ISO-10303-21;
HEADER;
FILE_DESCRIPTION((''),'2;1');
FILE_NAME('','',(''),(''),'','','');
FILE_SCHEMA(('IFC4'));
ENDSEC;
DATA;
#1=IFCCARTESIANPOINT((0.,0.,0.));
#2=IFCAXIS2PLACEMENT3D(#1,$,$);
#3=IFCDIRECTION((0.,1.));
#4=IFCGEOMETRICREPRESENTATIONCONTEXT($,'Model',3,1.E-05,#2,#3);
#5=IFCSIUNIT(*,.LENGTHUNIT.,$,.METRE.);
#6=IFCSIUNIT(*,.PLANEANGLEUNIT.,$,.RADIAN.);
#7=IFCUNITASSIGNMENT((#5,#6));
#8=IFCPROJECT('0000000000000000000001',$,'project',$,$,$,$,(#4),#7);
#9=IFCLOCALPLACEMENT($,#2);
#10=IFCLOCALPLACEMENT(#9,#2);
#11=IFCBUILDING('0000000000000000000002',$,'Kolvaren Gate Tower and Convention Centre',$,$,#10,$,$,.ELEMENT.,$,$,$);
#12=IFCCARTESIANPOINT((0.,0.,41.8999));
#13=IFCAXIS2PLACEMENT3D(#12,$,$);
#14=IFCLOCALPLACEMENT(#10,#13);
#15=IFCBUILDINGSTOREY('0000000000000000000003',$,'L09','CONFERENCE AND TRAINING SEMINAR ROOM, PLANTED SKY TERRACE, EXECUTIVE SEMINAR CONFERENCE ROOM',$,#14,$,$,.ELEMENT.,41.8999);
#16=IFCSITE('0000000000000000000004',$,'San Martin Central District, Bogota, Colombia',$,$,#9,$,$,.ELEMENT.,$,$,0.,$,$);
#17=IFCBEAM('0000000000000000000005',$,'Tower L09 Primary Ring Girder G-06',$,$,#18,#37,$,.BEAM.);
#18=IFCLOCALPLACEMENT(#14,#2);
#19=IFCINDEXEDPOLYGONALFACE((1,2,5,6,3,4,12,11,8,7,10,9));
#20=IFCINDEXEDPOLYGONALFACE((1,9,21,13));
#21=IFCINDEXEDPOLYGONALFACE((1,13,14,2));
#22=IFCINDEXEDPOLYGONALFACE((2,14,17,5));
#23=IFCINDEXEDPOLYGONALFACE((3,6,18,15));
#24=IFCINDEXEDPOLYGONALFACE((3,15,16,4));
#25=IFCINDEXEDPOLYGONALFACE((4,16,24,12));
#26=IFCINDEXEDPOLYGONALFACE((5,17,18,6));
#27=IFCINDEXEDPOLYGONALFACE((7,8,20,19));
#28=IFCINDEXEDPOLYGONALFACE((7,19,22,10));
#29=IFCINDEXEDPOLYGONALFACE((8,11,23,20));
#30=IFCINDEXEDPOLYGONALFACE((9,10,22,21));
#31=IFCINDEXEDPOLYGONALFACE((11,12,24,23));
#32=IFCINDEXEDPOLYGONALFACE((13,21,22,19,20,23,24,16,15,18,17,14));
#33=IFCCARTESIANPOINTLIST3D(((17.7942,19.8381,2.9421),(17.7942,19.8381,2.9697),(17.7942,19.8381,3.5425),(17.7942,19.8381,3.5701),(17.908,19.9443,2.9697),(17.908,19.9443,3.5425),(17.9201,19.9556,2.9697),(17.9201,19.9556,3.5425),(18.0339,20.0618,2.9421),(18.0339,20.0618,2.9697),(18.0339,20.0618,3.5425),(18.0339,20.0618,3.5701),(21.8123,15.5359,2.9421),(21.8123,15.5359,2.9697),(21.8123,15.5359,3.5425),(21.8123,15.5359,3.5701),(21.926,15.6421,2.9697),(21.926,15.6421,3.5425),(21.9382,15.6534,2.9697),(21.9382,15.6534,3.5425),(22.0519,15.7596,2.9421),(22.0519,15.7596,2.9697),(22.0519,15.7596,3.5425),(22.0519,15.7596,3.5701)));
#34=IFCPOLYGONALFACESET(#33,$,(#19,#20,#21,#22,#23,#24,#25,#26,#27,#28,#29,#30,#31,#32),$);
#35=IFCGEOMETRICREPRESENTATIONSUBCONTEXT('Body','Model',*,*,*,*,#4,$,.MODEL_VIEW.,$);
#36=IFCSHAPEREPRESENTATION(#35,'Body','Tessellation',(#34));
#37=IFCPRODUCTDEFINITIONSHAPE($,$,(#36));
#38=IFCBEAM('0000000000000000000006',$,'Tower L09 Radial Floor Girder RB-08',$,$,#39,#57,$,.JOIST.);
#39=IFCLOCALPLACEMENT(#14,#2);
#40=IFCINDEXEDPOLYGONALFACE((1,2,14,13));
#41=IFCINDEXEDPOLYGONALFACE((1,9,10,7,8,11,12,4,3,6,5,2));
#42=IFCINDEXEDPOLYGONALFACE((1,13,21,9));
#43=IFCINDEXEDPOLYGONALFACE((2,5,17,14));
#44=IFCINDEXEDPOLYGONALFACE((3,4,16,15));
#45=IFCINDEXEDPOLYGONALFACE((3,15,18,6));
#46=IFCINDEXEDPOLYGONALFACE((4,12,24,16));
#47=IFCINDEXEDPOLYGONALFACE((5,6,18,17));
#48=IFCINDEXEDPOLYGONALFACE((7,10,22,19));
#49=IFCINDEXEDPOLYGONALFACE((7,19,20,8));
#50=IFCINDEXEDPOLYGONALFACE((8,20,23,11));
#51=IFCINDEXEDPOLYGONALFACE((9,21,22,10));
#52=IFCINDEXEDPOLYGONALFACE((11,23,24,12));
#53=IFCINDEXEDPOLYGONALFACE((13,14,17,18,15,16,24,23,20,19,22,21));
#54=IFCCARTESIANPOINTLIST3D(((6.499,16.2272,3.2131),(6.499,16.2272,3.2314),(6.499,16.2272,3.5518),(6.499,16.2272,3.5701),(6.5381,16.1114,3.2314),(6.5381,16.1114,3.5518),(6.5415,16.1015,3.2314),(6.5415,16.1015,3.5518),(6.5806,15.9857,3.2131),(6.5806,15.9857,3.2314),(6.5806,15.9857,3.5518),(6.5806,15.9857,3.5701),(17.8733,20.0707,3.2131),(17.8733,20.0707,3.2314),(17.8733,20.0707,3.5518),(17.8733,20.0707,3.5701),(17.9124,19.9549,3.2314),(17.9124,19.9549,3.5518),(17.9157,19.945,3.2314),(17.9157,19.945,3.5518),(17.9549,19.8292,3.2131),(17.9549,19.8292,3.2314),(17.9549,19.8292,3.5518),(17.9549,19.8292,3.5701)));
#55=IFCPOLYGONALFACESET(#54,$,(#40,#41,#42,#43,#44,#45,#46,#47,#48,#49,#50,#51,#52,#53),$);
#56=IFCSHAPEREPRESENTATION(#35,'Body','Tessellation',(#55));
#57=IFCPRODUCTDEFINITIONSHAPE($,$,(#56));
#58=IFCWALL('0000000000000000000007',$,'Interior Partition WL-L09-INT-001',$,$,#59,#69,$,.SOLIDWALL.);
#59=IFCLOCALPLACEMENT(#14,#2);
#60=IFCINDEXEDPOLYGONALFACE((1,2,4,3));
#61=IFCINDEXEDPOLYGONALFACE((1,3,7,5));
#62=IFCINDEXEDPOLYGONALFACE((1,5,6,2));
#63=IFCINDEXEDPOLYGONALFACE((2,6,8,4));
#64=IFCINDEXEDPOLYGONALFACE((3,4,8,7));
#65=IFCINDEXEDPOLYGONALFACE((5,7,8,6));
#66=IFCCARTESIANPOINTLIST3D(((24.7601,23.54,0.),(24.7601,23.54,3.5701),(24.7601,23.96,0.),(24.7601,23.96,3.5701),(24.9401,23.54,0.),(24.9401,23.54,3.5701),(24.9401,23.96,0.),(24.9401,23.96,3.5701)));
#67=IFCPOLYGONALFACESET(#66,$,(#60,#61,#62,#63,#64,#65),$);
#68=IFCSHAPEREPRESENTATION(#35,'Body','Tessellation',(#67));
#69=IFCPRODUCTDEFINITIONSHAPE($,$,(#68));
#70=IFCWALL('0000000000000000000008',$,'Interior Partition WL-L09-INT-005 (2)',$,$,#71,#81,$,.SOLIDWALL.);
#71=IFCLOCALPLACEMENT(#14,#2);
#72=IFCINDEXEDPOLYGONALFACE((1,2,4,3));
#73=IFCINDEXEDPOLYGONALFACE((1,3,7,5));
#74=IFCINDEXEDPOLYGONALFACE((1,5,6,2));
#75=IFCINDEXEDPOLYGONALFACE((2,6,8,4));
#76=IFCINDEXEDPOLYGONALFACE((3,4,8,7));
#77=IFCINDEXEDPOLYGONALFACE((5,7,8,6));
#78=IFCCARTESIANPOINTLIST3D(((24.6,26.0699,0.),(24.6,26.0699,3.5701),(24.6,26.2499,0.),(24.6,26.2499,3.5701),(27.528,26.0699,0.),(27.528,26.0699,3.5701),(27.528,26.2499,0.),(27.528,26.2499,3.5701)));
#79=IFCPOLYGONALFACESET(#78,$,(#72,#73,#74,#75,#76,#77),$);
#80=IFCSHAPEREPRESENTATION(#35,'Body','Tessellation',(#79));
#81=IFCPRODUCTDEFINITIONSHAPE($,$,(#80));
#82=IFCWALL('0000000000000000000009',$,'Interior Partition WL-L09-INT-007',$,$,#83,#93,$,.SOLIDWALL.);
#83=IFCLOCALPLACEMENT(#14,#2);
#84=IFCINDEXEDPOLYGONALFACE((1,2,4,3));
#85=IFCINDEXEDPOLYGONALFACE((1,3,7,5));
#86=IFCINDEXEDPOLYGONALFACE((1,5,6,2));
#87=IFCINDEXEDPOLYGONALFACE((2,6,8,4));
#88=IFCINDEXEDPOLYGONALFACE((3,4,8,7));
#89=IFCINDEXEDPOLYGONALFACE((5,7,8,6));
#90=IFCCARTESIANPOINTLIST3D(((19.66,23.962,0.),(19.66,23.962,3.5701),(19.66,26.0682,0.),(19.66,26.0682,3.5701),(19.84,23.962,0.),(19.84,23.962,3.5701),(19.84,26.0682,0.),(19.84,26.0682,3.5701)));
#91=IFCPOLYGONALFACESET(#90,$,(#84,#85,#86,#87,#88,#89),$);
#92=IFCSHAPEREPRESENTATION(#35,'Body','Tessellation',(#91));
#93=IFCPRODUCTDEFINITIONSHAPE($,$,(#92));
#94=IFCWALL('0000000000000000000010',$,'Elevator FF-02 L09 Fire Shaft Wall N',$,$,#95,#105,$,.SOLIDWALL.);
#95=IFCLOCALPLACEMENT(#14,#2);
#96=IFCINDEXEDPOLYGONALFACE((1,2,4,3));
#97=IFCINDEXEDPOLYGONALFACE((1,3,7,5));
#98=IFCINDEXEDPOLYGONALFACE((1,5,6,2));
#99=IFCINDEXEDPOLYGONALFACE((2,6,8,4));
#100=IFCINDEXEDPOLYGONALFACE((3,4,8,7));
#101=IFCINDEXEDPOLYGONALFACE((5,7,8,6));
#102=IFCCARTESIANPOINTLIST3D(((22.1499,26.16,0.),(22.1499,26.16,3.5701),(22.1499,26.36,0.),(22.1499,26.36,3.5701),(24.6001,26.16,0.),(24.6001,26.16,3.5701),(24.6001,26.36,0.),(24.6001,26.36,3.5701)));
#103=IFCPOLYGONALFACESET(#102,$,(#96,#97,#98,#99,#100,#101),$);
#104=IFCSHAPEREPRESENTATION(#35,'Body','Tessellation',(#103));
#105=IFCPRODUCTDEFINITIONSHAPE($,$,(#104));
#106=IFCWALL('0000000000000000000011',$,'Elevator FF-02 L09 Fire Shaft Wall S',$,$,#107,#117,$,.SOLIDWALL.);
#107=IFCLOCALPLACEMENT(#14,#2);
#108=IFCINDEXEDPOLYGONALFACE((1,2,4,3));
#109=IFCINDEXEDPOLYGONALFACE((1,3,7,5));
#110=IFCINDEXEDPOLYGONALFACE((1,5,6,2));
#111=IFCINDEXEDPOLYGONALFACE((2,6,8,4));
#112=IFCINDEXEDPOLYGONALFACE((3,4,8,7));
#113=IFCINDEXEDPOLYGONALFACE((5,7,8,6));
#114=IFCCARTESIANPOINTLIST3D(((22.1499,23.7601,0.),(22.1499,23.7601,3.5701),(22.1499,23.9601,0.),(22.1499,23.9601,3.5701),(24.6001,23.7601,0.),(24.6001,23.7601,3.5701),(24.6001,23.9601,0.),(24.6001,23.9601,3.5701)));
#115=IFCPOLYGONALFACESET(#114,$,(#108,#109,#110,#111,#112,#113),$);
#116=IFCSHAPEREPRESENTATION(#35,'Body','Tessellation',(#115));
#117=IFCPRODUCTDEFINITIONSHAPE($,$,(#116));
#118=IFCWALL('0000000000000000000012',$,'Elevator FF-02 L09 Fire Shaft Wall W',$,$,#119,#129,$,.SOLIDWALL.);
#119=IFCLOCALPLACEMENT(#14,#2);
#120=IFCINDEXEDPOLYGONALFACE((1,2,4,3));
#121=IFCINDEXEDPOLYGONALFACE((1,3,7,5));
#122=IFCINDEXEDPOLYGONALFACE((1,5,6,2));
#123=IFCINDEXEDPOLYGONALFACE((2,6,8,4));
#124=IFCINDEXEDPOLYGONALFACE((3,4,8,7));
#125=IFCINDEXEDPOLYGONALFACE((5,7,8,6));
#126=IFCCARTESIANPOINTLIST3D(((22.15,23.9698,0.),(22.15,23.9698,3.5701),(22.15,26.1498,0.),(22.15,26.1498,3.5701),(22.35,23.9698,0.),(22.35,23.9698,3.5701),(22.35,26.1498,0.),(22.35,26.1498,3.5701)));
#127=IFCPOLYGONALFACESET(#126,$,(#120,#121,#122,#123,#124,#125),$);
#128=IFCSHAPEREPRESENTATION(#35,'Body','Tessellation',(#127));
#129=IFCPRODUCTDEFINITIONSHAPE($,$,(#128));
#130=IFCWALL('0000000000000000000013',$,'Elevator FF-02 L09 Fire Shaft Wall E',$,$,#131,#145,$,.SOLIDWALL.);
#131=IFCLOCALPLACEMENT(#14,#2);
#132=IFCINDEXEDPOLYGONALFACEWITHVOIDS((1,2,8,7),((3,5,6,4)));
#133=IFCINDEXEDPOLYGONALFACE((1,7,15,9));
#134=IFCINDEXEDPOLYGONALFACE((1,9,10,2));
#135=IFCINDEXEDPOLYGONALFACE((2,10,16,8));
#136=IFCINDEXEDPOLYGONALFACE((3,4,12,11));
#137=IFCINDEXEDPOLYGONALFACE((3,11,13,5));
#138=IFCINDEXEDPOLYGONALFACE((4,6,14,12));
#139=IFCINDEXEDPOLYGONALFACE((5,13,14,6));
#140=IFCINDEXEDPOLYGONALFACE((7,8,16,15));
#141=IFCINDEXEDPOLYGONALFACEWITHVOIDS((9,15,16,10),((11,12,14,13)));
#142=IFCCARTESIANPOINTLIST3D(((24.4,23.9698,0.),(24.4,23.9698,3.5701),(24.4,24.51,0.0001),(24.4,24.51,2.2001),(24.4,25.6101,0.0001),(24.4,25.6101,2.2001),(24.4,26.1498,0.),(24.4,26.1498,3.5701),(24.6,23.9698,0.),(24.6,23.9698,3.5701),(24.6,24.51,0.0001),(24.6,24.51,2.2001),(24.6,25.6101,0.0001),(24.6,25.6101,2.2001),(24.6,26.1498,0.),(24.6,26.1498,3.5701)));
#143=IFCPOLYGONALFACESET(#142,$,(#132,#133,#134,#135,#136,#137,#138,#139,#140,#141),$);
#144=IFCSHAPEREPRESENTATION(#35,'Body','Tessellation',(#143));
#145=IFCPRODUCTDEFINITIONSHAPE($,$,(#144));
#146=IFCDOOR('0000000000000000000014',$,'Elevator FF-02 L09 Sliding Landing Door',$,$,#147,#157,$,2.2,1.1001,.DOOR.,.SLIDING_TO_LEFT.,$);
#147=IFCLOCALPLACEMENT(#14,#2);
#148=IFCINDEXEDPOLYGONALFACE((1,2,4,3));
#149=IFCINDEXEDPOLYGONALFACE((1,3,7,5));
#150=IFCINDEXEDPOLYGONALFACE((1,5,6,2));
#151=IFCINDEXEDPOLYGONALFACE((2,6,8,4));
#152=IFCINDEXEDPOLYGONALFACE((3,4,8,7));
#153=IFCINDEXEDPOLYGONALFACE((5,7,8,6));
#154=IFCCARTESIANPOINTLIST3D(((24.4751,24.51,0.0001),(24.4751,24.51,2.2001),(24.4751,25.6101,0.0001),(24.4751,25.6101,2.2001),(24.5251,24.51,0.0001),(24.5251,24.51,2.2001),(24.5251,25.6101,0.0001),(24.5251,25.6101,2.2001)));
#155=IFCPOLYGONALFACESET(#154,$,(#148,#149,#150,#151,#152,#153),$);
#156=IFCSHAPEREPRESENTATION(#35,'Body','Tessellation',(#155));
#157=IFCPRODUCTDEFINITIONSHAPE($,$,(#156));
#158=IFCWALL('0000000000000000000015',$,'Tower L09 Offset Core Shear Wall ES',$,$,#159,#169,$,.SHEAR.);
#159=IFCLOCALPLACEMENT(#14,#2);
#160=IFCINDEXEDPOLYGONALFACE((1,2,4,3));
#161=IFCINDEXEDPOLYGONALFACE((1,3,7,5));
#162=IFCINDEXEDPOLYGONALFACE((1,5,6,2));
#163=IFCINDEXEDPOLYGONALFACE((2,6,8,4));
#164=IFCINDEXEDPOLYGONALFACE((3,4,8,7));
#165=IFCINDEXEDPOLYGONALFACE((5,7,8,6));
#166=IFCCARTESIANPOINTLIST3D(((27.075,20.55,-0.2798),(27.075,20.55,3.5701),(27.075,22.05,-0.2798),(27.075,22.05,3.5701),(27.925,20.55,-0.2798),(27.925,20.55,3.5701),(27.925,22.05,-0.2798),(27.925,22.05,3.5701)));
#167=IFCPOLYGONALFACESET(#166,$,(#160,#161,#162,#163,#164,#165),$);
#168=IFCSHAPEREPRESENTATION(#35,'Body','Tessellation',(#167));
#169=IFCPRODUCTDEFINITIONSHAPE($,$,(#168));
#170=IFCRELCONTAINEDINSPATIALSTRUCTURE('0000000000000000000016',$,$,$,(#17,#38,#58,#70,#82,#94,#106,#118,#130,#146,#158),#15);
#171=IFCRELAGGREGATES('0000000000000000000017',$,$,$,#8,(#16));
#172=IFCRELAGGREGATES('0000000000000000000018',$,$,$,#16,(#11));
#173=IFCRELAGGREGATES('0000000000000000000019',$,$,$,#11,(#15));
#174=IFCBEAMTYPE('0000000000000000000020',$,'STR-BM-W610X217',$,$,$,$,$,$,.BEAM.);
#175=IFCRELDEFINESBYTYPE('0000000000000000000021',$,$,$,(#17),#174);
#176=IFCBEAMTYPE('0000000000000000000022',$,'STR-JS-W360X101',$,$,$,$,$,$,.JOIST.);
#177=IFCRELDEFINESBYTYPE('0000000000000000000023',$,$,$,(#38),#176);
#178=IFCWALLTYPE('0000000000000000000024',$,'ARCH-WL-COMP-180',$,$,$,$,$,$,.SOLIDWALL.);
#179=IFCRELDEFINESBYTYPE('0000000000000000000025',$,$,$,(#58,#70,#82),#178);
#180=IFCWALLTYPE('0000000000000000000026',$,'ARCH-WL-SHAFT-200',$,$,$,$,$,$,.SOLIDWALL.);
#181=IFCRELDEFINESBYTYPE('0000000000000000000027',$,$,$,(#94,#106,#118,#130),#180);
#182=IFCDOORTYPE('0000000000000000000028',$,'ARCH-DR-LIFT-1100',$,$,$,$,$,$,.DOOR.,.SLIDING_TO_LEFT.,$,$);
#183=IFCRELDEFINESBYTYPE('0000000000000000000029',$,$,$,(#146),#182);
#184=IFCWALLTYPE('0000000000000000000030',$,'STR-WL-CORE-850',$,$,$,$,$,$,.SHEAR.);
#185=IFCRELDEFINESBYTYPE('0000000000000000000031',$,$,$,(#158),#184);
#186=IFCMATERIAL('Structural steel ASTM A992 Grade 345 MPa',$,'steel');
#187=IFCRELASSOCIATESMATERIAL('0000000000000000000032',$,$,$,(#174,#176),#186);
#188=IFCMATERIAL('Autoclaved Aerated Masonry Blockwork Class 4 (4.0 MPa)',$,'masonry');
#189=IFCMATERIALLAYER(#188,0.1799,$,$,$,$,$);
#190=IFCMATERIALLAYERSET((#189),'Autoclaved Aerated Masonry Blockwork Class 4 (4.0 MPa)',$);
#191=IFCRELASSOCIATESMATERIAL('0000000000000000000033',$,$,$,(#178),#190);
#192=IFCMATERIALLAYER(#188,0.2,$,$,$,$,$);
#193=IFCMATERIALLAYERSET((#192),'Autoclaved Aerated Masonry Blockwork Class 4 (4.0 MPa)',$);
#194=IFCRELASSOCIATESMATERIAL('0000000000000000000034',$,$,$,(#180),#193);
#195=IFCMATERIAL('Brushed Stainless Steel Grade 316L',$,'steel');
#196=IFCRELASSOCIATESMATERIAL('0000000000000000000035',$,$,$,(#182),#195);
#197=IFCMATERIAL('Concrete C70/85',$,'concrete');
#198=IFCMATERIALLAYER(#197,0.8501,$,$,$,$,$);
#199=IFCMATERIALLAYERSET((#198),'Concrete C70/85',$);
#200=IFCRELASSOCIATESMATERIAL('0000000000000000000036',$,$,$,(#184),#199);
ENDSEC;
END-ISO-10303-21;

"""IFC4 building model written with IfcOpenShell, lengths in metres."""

from ifc_helpers import new_model, si_unit, direction, frame, frame_2d, origin, origin_2d, place, context, subcontext, project, spatial, rectangle, i_section, extrude, material, layer, layer_set, material_profile, profile_set, type_object, element, fill, save


model = new_model("IFC4")

# Units and contexts
model_context = context("Model", 3, precision=1e-05, world=origin(), true_north=direction((0.0, 1.0)))
body_context = subcontext(model_context, "Body", "Model", "MODEL_VIEW")
ifc_project = project(units=[si_unit("LENGTHUNIT", "METRE"), si_unit("PLANEANGLEUNIT", "RADIAN")], contexts=[model_context])

# Site, building, storey
site_placement = place(None, origin())
site = spatial("IfcSite", under=ifc_project, at=site_placement, Name="San Martin Central District, Bogota, Colombia", CompositionType="ELEMENT", RefElevation=0.0)
building_placement = place(site_placement, origin())
building = spatial("IfcBuilding", under=site, at=building_placement, Name="Kolvaren Gate Tower and Convention Centre", CompositionType="ELEMENT")
storey_placement = place(building_placement, frame((0.0, 0.0, 41.8999)))
storey = spatial("IfcBuildingStorey", under=building, at=storey_placement, Name="L09", Description="CONFERENCE AND TRAINING SEMINAR ROOM, PLANTED SKY TERRACE, EXECUTIVE SEMINAR CONFERENCE ROOM", CompositionType="ELEMENT", Elevation=41.8999)

# Beams
ifc_material_1 = material(Name="Structural steel ASTM A992 Grade 345 MPa", Category="steel")
ifc_material_profile_1 = material_profile(ifc_material_1, i_section(OverallWidth=0.3279, OverallDepth=0.6279, WebThickness=0.0166, FlangeThickness=0.0276, at=origin_2d()), Name="W610X217")
ifc_profile_set_1 = profile_set([ifc_material_profile_1], Name="Structural steel ASTM A992 Grade 345 MPa")
beam_type_1 = type_object("IfcBeamType", Name="STR-BM-W610X217", PredefinedType="BEAM", material=ifc_profile_set_1)
beam_1_placement = place(storey_placement, frame((17.9141, 19.95, 3.2561), z_axis=(0.682558, -0.730832, 0.0), x_axis=(0.730832, 0.682558, 0.0)))
element("IfcBeam", 1, at=beam_1_placement, inside=storey, type_object=beam_type_1, Name="Tower L09 Primary Ring Girder G-06", PredefinedType="BEAM", context=body_context, shape_type="SweptSolid", body=[
    extrude(i_section(OverallWidth=0.3279, OverallDepth=0.6279, WebThickness=0.0166, FlangeThickness=0.0276, at=origin_2d()), origin(), (0.0, 0.0, 1.0), 5.8867),
])
ifc_material_profile_2 = material_profile(ifc_material_1, i_section(OverallWidth=0.2549, OverallDepth=0.3569, WebThickness=0.0105, FlangeThickness=0.0183, at=origin_2d()), Name="W360X101")
ifc_profile_set_2 = profile_set([ifc_material_profile_2], Name="Structural steel ASTM A992 Grade 345 MPa")
beam_type_2 = type_object("IfcBeamType", Name="STR-JS-W360X101", PredefinedType="JOIST", material=ifc_profile_set_2)
beam_2_placement = place(storey_placement, frame((17.9141, 19.95, 3.3916), z_axis=(-0.947374, -0.320129, 0.0), x_axis=(0.320129, -0.947374, 0.0)))
element("IfcBeam", 2, at=beam_2_placement, inside=storey, type_object=beam_type_2, Name="Tower L09 Radial Floor Girder RB-08", PredefinedType="JOIST", context=body_context, shape_type="SweptSolid", body=[
    extrude(i_section(OverallWidth=0.2549, OverallDepth=0.3569, WebThickness=0.0105, FlangeThickness=0.0183, at=origin_2d()), origin(), (0.0, 0.0, 1.0), 12.0061),
])

# Walls
ifc_material_2 = material(Name="Autoclaved Aerated Masonry Blockwork Class 4 (4.0 MPa)", Category="masonry")
ifc_layer_1 = layer(ifc_material_2, 0.1799)
ifc_layer_set_1 = layer_set([ifc_layer_1], Name="Autoclaved Aerated Masonry Blockwork Class 4 (4.0 MPa)")
wall_type_1 = type_object("IfcWallType", Name="ARCH-WL-COMP-180", PredefinedType="SOLIDWALL", material=ifc_layer_set_1)
wall_1_placement = place(storey_placement, frame((24.8501, 23.54, 0.0), z_axis=(0.0, 0.0, 1.0), x_axis=(0.0, 1.0, 0.0)))
element("IfcWall", 3, at=wall_1_placement, inside=storey, type_object=wall_type_1, Name="Interior Partition WL-L09-INT-001", PredefinedType="SOLIDWALL", context=body_context, shape_type="SweptSolid", body=[
    extrude(rectangle(XDim=0.4199, YDim=0.1799, at=frame_2d((0.21, 0.0))), origin(), (0.0, 0.0, 1.0), 3.5701),
])
wall_2_placement = place(storey_placement, frame((24.6001, 26.1599, 0.0), z_axis=(0.0, 0.0, 1.0), x_axis=(1.0, 0.0, 0.0)))
element("IfcWall", 4, at=wall_2_placement, inside=storey, type_object=wall_type_1, Name="Interior Partition WL-L09-INT-005 (2)", PredefinedType="SOLIDWALL", context=body_context, shape_type="SweptSolid", body=[
    extrude(rectangle(XDim=2.928, YDim=0.1799, at=frame_2d((1.4639, 0.0))), origin(), (0.0, 0.0, 1.0), 3.5701),
])
wall_3_placement = place(storey_placement, frame((19.75, 23.9619, 0.0), z_axis=(0.0, 0.0, 1.0), x_axis=(0.0, 1.0, 0.0)))
element("IfcWall", 5, at=wall_3_placement, inside=storey, type_object=wall_type_1, Name="Interior Partition WL-L09-INT-007", PredefinedType="SOLIDWALL", context=body_context, shape_type="SweptSolid", body=[
    extrude(rectangle(XDim=2.1062, YDim=0.1799, at=frame_2d((1.0532, 0.0))), origin(), (0.0, 0.0, 1.0), 3.5701),
])
ifc_layer_2 = layer(ifc_material_2, 0.2)
ifc_layer_set_2 = layer_set([ifc_layer_2], Name="Autoclaved Aerated Masonry Blockwork Class 4 (4.0 MPa)")
wall_type_2 = type_object("IfcWallType", Name="ARCH-WL-SHAFT-200", PredefinedType="SOLIDWALL", material=ifc_layer_set_2)
for number, where, z_axis, x_axis, name in (
    (6, (22.1499, 26.26, 0.0), (0.0, 0.0, 1.0), (1.0, 0.0, 0.0), "Elevator FF-02 L09 Fire Shaft Wall N"),
    (7, (22.1499, 23.8601, 0.0), (0.0, 0.0, 1.0), (1.0, 0.0, 0.0), "Elevator FF-02 L09 Fire Shaft Wall S"),
):
    element("IfcWall", number, at=place(storey_placement, frame(where, z_axis=z_axis, x_axis=x_axis)), inside=storey, type_object=wall_type_2, Name=name, PredefinedType="SOLIDWALL", context=body_context, shape_type="SweptSolid", body=[
        extrude(rectangle(XDim=2.4502, YDim=0.2, at=frame_2d((1.2251, 0.0))), origin(), (0.0, 0.0, 1.0), 3.5701),
    ])
wall_4_placement = place(storey_placement, frame((22.25, 23.97, 0.0), z_axis=(0.0, 0.0, 1.0), x_axis=(0.0, 1.0, 0.0)))
element("IfcWall", 8, at=wall_4_placement, inside=storey, type_object=wall_type_2, Name="Elevator FF-02 L09 Fire Shaft Wall W", PredefinedType="SOLIDWALL", context=body_context, shape_type="SweptSolid", body=[
    extrude(rectangle(XDim=2.1799, YDim=0.2, at=frame_2d((1.0898, 0.0))), origin(), (0.0, 0.0, 1.0), 3.5701),
])

# Wall, opening, door
wall_5_placement = place(storey_placement, frame((24.5, 23.97, 0.0), z_axis=(0.0, 0.0, 1.0), x_axis=(0.0, 1.0, 0.0)))
wall_5 = element("IfcWall", 9, at=wall_5_placement, inside=storey, type_object=wall_type_2, Name="Elevator FF-02 L09 Fire Shaft Wall E", PredefinedType="SOLIDWALL", context=body_context, shape_type="SweptSolid", body=[
    extrude(rectangle(XDim=2.1799, YDim=0.2, at=frame_2d((1.0898, 0.0))), origin(), (0.0, 0.0, 1.0), 3.5701),
])
opening_1_placement = place(wall_5_placement, frame((0.54, 0.0, 0.0)))
opening_1 = element("IfcOpeningElement", 10, at=opening_1_placement, cuts=wall_5, PredefinedType="OPENING", context=body_context, shape_type="SweptSolid", body=[
    extrude(rectangle(XDim=1.1001, YDim=2.2, at=frame_2d((0.55, 1.1001))), frame((0.0, 0.1099, 0.0), z_axis=(0.0, -1.0, 0.0), x_axis=(1.0, 0.0, 0.0)), (0.0, 0.0, 1.0), 0.22),
])
ifc_material_3 = material(Name="Brushed Stainless Steel Grade 316L", Category="steel")
door_type_1 = type_object("IfcDoorType", Name="ARCH-DR-LIFT-1100", OperationType="SLIDING_TO_LEFT", PredefinedType="DOOR", material=ifc_material_3)
door_1_placement = place(opening_1_placement, origin())
door_1 = element("IfcDoor", 11, at=door_1_placement, inside=storey, type_object=door_type_1, Name="Elevator FF-02 L09 Sliding Landing Door", OperationType="SLIDING_TO_LEFT", OverallHeight=2.2, OverallWidth=1.1001, PredefinedType="DOOR", context=body_context, shape_type="SweptSolid", body=[
    extrude(rectangle(XDim=1.1001, YDim=2.2, at=frame_2d((0.55, 1.1001))), frame((0.0, 0.0249, 0.0), z_axis=(0.0, -1.0, 0.0), x_axis=(1.0, 0.0, 0.0)), (0.0, 0.0, 1.0), 0.05),
])
fill(opening_1, door_1)

# Wall
ifc_material_4 = material(Name="Concrete C70/85", Category="concrete")
ifc_layer_3 = layer(ifc_material_4, 0.8501)
ifc_layer_set_3 = layer_set([ifc_layer_3], Name="Concrete C70/85")
wall_type_3 = type_object("IfcWallType", Name="STR-WL-CORE-850", PredefinedType="SHEAR", material=ifc_layer_set_3)
wall_6_placement = place(storey_placement, frame((27.5, 20.55, -0.2798), z_axis=(0.0, 0.0, 1.0), x_axis=(0.0, 1.0, 0.0)))
element("IfcWall", 12, at=wall_6_placement, inside=storey, type_object=wall_type_3, Name="Tower L09 Offset Core Shear Wall ES", PredefinedType="SHEAR", context=body_context, shape_type="SweptSolid", body=[
    extrude(rectangle(XDim=1.5, YDim=0.8501, at=frame_2d((0.75, 0.0))), origin(), (0.0, 0.0, 1.0), 3.8499),
])

save(model, "model.ifc")
